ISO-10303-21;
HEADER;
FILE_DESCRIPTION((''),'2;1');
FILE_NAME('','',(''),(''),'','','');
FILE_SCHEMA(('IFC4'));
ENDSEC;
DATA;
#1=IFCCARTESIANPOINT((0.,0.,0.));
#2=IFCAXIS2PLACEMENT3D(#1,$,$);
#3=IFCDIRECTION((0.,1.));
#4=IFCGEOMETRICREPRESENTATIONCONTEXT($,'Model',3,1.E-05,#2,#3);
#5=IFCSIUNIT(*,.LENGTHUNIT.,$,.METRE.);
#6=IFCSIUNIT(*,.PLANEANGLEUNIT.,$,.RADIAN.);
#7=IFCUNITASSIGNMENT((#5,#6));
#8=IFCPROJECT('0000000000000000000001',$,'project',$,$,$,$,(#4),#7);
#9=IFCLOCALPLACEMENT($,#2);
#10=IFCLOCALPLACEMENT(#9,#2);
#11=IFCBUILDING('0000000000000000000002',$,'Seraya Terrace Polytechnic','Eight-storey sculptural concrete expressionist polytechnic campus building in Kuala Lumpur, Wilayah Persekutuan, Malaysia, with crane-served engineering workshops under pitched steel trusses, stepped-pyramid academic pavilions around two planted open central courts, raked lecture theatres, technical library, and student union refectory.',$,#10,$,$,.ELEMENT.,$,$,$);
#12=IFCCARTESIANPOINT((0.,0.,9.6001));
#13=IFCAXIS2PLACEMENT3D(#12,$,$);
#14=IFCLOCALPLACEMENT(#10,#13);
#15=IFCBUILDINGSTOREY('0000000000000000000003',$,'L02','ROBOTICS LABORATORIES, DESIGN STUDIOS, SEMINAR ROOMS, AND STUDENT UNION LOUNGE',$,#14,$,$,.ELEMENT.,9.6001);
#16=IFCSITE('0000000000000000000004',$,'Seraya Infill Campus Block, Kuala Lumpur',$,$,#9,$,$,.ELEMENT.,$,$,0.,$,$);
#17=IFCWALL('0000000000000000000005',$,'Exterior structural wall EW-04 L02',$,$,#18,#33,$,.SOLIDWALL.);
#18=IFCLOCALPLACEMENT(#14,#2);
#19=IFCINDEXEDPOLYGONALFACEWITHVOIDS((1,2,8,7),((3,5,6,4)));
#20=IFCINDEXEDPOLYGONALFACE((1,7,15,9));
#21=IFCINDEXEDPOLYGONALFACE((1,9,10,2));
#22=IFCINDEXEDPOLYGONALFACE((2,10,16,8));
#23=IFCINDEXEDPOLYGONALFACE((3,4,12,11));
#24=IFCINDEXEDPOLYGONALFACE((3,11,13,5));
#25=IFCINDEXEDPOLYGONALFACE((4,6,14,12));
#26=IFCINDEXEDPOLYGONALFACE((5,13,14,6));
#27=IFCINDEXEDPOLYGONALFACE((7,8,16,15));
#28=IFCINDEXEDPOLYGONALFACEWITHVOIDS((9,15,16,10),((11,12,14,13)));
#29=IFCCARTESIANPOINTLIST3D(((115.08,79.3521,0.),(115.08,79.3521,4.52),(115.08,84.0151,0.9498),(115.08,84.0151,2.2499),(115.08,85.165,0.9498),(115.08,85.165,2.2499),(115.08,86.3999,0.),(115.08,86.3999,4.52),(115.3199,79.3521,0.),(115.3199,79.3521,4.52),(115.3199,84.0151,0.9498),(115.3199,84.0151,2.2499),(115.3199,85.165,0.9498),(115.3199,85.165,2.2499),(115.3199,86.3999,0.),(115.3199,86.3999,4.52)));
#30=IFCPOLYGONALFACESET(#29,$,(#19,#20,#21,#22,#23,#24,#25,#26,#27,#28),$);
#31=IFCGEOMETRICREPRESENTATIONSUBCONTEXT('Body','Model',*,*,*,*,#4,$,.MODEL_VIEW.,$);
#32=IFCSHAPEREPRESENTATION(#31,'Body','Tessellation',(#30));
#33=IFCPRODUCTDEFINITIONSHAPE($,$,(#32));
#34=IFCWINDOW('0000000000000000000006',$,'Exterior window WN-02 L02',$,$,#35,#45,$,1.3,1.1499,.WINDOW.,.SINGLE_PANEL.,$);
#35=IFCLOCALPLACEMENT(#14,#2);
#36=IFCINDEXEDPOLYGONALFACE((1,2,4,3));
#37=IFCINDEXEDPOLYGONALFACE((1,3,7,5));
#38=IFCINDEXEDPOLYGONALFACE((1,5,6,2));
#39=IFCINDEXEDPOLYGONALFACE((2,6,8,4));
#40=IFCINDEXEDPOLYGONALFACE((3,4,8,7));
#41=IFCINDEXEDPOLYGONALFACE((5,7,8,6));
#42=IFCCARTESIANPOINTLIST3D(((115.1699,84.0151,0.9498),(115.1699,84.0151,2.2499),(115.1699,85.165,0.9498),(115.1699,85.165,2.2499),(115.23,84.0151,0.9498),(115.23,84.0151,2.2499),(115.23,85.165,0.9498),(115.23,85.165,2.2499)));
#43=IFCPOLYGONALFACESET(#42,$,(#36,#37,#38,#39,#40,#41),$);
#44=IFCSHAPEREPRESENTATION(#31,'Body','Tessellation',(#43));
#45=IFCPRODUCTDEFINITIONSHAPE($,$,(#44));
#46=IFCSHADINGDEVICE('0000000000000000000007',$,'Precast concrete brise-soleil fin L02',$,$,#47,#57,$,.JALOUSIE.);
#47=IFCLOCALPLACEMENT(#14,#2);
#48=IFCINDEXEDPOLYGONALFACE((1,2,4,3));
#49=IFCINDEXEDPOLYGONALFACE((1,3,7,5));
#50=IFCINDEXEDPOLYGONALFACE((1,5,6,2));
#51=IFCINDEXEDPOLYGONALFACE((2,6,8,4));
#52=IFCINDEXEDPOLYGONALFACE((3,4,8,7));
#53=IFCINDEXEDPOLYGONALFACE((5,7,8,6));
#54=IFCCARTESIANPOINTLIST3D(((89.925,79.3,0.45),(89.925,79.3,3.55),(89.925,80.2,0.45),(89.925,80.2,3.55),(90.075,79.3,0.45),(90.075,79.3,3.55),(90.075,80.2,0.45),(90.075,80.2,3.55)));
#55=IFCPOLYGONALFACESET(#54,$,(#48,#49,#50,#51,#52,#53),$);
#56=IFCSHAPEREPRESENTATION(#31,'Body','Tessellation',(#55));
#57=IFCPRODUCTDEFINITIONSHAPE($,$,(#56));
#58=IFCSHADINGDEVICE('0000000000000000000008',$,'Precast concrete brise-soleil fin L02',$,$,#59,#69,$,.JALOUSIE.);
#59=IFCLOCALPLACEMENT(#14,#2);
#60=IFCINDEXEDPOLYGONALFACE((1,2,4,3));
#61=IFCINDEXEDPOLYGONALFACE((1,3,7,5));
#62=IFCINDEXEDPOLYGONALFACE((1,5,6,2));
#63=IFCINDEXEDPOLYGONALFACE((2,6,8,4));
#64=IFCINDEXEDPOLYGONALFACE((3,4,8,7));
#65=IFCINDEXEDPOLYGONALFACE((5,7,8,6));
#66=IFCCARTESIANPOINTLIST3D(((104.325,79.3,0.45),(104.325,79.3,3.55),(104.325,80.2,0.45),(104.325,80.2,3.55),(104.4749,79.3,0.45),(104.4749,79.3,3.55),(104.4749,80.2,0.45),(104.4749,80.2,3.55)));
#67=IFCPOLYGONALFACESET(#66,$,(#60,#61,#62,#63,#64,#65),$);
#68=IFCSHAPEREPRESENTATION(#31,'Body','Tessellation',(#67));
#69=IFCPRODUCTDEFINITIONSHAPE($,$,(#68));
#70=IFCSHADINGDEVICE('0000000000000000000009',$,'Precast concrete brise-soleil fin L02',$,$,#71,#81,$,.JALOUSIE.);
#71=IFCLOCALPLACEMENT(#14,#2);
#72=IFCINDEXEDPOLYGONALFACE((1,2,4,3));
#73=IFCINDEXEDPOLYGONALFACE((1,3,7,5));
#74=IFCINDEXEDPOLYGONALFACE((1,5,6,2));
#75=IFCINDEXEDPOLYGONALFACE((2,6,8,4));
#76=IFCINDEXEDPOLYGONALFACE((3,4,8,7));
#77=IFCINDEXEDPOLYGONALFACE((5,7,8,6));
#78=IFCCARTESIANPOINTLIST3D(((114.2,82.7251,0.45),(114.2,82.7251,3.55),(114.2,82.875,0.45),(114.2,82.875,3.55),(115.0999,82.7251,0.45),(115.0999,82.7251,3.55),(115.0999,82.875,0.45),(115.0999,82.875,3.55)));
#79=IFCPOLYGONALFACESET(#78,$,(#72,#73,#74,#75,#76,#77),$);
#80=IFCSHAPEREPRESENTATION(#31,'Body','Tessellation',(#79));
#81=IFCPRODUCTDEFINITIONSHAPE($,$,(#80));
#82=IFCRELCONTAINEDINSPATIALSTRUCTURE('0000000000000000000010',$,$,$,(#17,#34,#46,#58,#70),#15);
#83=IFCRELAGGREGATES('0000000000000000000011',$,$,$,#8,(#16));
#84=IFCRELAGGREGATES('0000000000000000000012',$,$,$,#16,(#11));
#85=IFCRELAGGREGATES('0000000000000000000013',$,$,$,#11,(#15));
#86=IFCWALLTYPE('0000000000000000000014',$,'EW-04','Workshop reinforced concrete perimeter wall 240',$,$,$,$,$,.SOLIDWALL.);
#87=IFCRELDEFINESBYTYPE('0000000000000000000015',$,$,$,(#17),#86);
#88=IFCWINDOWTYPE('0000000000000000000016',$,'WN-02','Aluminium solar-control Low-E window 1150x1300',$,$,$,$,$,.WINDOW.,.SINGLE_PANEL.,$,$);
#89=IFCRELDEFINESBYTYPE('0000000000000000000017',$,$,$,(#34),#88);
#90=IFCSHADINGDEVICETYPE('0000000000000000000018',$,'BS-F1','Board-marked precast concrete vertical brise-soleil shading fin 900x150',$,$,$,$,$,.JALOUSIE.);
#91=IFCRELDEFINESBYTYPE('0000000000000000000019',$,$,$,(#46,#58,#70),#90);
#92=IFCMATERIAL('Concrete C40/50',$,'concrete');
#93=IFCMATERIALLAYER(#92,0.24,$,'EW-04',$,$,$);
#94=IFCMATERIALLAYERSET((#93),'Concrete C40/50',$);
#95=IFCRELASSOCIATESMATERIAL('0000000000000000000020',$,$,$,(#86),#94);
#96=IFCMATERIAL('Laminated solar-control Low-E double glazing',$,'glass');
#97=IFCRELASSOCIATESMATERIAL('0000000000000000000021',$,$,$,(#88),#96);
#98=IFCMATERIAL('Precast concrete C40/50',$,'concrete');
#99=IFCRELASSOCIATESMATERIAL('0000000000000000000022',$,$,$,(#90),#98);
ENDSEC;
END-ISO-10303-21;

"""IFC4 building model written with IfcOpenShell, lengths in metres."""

from ifc_helpers import new_model, si_unit, direction, frame, frame_2d, origin, origin_2d, place, context, subcontext, project, spatial, rectangle, extrude, material, layer, layer_set, type_object, element, fill, save


model = new_model("IFC4")

# Units and contexts
model_context = context("Model", 3, precision=1e-05, world=origin(), true_north=direction((0.0, 1.0)))
body_context = subcontext(model_context, "Body", "Model", "MODEL_VIEW")
ifc_project = project(units=[si_unit("LENGTHUNIT", "METRE"), si_unit("PLANEANGLEUNIT", "RADIAN")], contexts=[model_context])

# Site, building, storey
site_placement = place(None, origin())
site = spatial("IfcSite", under=ifc_project, at=site_placement, Name="Seraya Infill Campus Block, Kuala Lumpur", CompositionType="ELEMENT", RefElevation=0.0)
building_placement = place(site_placement, origin())
building = spatial("IfcBuilding", under=site, at=building_placement, Name="Seraya Terrace Polytechnic", Description="Eight-storey sculptural concrete expressionist polytechnic campus building in Kuala Lumpur, Wilayah Persekutuan, Malaysia, with crane-served engineering workshops under pitched steel trusses, stepped-pyramid academic pavilions around two planted open central courts, raked lecture theatres, technical library, and student union refectory.", CompositionType="ELEMENT")
storey_placement = place(building_placement, frame((0.0, 0.0, 9.6001)))
storey = spatial("IfcBuildingStorey", under=building, at=storey_placement, Name="L02", Description="ROBOTICS LABORATORIES, DESIGN STUDIOS, SEMINAR ROOMS, AND STUDENT UNION LOUNGE", CompositionType="ELEMENT", Elevation=9.6001)

# Shared definitions
ifc_material_1 = material(Name="Concrete C40/50", Category="concrete")

# Wall, opening, window
ifc_layer_1 = layer(ifc_material_1, 0.24, Name="EW-04")
ifc_layer_set_1 = layer_set([ifc_layer_1], Name="Concrete C40/50")
wall_type = type_object("IfcWallType", Name="EW-04", Description="Workshop reinforced concrete perimeter wall 240", PredefinedType="SOLIDWALL", material=ifc_layer_set_1)
wall_placement = place(storey_placement, frame((115.2, 79.3521, 0.0), z_axis=(0.0, 0.0, 1.0), x_axis=(0.0, 1.0, 0.0)))
wall = element("IfcWall", 1, at=wall_placement, inside=storey, type_object=wall_type, Name="Exterior structural wall EW-04 L02", PredefinedType="SOLIDWALL", context=body_context, shape_type="SweptSolid", body=[
    extrude(rectangle(XDim=7.0479, YDim=0.24, at=frame_2d((3.5239, 0.0))), origin(), (0.0, 0.0, 1.0), 4.52),
])
opening_placement = place(wall_placement, frame((4.6631, 0.0, 0.95)))
opening = element("IfcOpeningElement", 2, at=opening_placement, cuts=wall, PredefinedType="OPENING", context=body_context, shape_type="SweptSolid", body=[
    extrude(rectangle(XDim=1.1499, YDim=1.3, at=frame_2d((0.575, 0.6499))), frame((0.0, 0.1318, 0.0), z_axis=(0.0, -1.0, 0.0), x_axis=(1.0, 0.0, 0.0)), (0.0, 0.0, 1.0), 0.2639),
])
ifc_material_2 = material(Name="Laminated solar-control Low-E double glazing", Category="glass")
window_type = type_object("IfcWindowType", Name="WN-02", Description="Aluminium solar-control Low-E window 1150x1300", PartitioningType="SINGLE_PANEL", PredefinedType="WINDOW", material=ifc_material_2)
window_placement = place(opening_placement, origin())
window = element("IfcWindow", 3, at=window_placement, inside=storey, type_object=window_type, Name="Exterior window WN-02 L02", OverallHeight=1.3, OverallWidth=1.1499, PartitioningType="SINGLE_PANEL", PredefinedType="WINDOW", context=body_context, shape_type="SweptSolid", body=[
    extrude(rectangle(XDim=1.1499, YDim=1.3, at=frame_2d((0.575, 0.6499))), frame((0.0, 0.03, 0.0), z_axis=(0.0, -1.0, 0.0), x_axis=(1.0, 0.0, 0.0)), (0.0, 0.0, 1.0), 0.0601),
])
fill(opening, window)

# Shading devices
ifc_material_3 = material(Name="Precast concrete C40/50", Category="concrete")
shading_device_type = type_object("IfcShadingDeviceType", Name="BS-F1", Description="Board-marked precast concrete vertical brise-soleil shading fin 900x150", PredefinedType="JALOUSIE", material=ifc_material_3)
for number, where, z_axis, x_axis, name in (
    (4, (90.0, 79.75, 0.45), (0.0, 0.0, 1.0), (0.0, 1.0, 0.0), "Precast concrete brise-soleil fin L02"),
    (5, (104.3999, 79.75, 0.45), (0.0, 0.0, 1.0), (0.0, 1.0, 0.0), "Precast concrete brise-soleil fin L02"),
    (6, (114.6499, 82.8, 0.45), (0.0, 0.0, 1.0), (-1.0, 0.0, 0.0), "Precast concrete brise-soleil fin L02"),
):
    element("IfcShadingDevice", number, at=place(storey_placement, frame(where, z_axis=z_axis, x_axis=x_axis)), inside=storey, type_object=shading_device_type, Name=name, PredefinedType="JALOUSIE", context=body_context, shape_type="SweptSolid", body=[
        extrude(rectangle(XDim=0.8999, YDim=0.1499, at=origin_2d()), origin(), (0.0, 0.0, 1.0), 3.1001),
    ])

save(model, "model.ifc")
